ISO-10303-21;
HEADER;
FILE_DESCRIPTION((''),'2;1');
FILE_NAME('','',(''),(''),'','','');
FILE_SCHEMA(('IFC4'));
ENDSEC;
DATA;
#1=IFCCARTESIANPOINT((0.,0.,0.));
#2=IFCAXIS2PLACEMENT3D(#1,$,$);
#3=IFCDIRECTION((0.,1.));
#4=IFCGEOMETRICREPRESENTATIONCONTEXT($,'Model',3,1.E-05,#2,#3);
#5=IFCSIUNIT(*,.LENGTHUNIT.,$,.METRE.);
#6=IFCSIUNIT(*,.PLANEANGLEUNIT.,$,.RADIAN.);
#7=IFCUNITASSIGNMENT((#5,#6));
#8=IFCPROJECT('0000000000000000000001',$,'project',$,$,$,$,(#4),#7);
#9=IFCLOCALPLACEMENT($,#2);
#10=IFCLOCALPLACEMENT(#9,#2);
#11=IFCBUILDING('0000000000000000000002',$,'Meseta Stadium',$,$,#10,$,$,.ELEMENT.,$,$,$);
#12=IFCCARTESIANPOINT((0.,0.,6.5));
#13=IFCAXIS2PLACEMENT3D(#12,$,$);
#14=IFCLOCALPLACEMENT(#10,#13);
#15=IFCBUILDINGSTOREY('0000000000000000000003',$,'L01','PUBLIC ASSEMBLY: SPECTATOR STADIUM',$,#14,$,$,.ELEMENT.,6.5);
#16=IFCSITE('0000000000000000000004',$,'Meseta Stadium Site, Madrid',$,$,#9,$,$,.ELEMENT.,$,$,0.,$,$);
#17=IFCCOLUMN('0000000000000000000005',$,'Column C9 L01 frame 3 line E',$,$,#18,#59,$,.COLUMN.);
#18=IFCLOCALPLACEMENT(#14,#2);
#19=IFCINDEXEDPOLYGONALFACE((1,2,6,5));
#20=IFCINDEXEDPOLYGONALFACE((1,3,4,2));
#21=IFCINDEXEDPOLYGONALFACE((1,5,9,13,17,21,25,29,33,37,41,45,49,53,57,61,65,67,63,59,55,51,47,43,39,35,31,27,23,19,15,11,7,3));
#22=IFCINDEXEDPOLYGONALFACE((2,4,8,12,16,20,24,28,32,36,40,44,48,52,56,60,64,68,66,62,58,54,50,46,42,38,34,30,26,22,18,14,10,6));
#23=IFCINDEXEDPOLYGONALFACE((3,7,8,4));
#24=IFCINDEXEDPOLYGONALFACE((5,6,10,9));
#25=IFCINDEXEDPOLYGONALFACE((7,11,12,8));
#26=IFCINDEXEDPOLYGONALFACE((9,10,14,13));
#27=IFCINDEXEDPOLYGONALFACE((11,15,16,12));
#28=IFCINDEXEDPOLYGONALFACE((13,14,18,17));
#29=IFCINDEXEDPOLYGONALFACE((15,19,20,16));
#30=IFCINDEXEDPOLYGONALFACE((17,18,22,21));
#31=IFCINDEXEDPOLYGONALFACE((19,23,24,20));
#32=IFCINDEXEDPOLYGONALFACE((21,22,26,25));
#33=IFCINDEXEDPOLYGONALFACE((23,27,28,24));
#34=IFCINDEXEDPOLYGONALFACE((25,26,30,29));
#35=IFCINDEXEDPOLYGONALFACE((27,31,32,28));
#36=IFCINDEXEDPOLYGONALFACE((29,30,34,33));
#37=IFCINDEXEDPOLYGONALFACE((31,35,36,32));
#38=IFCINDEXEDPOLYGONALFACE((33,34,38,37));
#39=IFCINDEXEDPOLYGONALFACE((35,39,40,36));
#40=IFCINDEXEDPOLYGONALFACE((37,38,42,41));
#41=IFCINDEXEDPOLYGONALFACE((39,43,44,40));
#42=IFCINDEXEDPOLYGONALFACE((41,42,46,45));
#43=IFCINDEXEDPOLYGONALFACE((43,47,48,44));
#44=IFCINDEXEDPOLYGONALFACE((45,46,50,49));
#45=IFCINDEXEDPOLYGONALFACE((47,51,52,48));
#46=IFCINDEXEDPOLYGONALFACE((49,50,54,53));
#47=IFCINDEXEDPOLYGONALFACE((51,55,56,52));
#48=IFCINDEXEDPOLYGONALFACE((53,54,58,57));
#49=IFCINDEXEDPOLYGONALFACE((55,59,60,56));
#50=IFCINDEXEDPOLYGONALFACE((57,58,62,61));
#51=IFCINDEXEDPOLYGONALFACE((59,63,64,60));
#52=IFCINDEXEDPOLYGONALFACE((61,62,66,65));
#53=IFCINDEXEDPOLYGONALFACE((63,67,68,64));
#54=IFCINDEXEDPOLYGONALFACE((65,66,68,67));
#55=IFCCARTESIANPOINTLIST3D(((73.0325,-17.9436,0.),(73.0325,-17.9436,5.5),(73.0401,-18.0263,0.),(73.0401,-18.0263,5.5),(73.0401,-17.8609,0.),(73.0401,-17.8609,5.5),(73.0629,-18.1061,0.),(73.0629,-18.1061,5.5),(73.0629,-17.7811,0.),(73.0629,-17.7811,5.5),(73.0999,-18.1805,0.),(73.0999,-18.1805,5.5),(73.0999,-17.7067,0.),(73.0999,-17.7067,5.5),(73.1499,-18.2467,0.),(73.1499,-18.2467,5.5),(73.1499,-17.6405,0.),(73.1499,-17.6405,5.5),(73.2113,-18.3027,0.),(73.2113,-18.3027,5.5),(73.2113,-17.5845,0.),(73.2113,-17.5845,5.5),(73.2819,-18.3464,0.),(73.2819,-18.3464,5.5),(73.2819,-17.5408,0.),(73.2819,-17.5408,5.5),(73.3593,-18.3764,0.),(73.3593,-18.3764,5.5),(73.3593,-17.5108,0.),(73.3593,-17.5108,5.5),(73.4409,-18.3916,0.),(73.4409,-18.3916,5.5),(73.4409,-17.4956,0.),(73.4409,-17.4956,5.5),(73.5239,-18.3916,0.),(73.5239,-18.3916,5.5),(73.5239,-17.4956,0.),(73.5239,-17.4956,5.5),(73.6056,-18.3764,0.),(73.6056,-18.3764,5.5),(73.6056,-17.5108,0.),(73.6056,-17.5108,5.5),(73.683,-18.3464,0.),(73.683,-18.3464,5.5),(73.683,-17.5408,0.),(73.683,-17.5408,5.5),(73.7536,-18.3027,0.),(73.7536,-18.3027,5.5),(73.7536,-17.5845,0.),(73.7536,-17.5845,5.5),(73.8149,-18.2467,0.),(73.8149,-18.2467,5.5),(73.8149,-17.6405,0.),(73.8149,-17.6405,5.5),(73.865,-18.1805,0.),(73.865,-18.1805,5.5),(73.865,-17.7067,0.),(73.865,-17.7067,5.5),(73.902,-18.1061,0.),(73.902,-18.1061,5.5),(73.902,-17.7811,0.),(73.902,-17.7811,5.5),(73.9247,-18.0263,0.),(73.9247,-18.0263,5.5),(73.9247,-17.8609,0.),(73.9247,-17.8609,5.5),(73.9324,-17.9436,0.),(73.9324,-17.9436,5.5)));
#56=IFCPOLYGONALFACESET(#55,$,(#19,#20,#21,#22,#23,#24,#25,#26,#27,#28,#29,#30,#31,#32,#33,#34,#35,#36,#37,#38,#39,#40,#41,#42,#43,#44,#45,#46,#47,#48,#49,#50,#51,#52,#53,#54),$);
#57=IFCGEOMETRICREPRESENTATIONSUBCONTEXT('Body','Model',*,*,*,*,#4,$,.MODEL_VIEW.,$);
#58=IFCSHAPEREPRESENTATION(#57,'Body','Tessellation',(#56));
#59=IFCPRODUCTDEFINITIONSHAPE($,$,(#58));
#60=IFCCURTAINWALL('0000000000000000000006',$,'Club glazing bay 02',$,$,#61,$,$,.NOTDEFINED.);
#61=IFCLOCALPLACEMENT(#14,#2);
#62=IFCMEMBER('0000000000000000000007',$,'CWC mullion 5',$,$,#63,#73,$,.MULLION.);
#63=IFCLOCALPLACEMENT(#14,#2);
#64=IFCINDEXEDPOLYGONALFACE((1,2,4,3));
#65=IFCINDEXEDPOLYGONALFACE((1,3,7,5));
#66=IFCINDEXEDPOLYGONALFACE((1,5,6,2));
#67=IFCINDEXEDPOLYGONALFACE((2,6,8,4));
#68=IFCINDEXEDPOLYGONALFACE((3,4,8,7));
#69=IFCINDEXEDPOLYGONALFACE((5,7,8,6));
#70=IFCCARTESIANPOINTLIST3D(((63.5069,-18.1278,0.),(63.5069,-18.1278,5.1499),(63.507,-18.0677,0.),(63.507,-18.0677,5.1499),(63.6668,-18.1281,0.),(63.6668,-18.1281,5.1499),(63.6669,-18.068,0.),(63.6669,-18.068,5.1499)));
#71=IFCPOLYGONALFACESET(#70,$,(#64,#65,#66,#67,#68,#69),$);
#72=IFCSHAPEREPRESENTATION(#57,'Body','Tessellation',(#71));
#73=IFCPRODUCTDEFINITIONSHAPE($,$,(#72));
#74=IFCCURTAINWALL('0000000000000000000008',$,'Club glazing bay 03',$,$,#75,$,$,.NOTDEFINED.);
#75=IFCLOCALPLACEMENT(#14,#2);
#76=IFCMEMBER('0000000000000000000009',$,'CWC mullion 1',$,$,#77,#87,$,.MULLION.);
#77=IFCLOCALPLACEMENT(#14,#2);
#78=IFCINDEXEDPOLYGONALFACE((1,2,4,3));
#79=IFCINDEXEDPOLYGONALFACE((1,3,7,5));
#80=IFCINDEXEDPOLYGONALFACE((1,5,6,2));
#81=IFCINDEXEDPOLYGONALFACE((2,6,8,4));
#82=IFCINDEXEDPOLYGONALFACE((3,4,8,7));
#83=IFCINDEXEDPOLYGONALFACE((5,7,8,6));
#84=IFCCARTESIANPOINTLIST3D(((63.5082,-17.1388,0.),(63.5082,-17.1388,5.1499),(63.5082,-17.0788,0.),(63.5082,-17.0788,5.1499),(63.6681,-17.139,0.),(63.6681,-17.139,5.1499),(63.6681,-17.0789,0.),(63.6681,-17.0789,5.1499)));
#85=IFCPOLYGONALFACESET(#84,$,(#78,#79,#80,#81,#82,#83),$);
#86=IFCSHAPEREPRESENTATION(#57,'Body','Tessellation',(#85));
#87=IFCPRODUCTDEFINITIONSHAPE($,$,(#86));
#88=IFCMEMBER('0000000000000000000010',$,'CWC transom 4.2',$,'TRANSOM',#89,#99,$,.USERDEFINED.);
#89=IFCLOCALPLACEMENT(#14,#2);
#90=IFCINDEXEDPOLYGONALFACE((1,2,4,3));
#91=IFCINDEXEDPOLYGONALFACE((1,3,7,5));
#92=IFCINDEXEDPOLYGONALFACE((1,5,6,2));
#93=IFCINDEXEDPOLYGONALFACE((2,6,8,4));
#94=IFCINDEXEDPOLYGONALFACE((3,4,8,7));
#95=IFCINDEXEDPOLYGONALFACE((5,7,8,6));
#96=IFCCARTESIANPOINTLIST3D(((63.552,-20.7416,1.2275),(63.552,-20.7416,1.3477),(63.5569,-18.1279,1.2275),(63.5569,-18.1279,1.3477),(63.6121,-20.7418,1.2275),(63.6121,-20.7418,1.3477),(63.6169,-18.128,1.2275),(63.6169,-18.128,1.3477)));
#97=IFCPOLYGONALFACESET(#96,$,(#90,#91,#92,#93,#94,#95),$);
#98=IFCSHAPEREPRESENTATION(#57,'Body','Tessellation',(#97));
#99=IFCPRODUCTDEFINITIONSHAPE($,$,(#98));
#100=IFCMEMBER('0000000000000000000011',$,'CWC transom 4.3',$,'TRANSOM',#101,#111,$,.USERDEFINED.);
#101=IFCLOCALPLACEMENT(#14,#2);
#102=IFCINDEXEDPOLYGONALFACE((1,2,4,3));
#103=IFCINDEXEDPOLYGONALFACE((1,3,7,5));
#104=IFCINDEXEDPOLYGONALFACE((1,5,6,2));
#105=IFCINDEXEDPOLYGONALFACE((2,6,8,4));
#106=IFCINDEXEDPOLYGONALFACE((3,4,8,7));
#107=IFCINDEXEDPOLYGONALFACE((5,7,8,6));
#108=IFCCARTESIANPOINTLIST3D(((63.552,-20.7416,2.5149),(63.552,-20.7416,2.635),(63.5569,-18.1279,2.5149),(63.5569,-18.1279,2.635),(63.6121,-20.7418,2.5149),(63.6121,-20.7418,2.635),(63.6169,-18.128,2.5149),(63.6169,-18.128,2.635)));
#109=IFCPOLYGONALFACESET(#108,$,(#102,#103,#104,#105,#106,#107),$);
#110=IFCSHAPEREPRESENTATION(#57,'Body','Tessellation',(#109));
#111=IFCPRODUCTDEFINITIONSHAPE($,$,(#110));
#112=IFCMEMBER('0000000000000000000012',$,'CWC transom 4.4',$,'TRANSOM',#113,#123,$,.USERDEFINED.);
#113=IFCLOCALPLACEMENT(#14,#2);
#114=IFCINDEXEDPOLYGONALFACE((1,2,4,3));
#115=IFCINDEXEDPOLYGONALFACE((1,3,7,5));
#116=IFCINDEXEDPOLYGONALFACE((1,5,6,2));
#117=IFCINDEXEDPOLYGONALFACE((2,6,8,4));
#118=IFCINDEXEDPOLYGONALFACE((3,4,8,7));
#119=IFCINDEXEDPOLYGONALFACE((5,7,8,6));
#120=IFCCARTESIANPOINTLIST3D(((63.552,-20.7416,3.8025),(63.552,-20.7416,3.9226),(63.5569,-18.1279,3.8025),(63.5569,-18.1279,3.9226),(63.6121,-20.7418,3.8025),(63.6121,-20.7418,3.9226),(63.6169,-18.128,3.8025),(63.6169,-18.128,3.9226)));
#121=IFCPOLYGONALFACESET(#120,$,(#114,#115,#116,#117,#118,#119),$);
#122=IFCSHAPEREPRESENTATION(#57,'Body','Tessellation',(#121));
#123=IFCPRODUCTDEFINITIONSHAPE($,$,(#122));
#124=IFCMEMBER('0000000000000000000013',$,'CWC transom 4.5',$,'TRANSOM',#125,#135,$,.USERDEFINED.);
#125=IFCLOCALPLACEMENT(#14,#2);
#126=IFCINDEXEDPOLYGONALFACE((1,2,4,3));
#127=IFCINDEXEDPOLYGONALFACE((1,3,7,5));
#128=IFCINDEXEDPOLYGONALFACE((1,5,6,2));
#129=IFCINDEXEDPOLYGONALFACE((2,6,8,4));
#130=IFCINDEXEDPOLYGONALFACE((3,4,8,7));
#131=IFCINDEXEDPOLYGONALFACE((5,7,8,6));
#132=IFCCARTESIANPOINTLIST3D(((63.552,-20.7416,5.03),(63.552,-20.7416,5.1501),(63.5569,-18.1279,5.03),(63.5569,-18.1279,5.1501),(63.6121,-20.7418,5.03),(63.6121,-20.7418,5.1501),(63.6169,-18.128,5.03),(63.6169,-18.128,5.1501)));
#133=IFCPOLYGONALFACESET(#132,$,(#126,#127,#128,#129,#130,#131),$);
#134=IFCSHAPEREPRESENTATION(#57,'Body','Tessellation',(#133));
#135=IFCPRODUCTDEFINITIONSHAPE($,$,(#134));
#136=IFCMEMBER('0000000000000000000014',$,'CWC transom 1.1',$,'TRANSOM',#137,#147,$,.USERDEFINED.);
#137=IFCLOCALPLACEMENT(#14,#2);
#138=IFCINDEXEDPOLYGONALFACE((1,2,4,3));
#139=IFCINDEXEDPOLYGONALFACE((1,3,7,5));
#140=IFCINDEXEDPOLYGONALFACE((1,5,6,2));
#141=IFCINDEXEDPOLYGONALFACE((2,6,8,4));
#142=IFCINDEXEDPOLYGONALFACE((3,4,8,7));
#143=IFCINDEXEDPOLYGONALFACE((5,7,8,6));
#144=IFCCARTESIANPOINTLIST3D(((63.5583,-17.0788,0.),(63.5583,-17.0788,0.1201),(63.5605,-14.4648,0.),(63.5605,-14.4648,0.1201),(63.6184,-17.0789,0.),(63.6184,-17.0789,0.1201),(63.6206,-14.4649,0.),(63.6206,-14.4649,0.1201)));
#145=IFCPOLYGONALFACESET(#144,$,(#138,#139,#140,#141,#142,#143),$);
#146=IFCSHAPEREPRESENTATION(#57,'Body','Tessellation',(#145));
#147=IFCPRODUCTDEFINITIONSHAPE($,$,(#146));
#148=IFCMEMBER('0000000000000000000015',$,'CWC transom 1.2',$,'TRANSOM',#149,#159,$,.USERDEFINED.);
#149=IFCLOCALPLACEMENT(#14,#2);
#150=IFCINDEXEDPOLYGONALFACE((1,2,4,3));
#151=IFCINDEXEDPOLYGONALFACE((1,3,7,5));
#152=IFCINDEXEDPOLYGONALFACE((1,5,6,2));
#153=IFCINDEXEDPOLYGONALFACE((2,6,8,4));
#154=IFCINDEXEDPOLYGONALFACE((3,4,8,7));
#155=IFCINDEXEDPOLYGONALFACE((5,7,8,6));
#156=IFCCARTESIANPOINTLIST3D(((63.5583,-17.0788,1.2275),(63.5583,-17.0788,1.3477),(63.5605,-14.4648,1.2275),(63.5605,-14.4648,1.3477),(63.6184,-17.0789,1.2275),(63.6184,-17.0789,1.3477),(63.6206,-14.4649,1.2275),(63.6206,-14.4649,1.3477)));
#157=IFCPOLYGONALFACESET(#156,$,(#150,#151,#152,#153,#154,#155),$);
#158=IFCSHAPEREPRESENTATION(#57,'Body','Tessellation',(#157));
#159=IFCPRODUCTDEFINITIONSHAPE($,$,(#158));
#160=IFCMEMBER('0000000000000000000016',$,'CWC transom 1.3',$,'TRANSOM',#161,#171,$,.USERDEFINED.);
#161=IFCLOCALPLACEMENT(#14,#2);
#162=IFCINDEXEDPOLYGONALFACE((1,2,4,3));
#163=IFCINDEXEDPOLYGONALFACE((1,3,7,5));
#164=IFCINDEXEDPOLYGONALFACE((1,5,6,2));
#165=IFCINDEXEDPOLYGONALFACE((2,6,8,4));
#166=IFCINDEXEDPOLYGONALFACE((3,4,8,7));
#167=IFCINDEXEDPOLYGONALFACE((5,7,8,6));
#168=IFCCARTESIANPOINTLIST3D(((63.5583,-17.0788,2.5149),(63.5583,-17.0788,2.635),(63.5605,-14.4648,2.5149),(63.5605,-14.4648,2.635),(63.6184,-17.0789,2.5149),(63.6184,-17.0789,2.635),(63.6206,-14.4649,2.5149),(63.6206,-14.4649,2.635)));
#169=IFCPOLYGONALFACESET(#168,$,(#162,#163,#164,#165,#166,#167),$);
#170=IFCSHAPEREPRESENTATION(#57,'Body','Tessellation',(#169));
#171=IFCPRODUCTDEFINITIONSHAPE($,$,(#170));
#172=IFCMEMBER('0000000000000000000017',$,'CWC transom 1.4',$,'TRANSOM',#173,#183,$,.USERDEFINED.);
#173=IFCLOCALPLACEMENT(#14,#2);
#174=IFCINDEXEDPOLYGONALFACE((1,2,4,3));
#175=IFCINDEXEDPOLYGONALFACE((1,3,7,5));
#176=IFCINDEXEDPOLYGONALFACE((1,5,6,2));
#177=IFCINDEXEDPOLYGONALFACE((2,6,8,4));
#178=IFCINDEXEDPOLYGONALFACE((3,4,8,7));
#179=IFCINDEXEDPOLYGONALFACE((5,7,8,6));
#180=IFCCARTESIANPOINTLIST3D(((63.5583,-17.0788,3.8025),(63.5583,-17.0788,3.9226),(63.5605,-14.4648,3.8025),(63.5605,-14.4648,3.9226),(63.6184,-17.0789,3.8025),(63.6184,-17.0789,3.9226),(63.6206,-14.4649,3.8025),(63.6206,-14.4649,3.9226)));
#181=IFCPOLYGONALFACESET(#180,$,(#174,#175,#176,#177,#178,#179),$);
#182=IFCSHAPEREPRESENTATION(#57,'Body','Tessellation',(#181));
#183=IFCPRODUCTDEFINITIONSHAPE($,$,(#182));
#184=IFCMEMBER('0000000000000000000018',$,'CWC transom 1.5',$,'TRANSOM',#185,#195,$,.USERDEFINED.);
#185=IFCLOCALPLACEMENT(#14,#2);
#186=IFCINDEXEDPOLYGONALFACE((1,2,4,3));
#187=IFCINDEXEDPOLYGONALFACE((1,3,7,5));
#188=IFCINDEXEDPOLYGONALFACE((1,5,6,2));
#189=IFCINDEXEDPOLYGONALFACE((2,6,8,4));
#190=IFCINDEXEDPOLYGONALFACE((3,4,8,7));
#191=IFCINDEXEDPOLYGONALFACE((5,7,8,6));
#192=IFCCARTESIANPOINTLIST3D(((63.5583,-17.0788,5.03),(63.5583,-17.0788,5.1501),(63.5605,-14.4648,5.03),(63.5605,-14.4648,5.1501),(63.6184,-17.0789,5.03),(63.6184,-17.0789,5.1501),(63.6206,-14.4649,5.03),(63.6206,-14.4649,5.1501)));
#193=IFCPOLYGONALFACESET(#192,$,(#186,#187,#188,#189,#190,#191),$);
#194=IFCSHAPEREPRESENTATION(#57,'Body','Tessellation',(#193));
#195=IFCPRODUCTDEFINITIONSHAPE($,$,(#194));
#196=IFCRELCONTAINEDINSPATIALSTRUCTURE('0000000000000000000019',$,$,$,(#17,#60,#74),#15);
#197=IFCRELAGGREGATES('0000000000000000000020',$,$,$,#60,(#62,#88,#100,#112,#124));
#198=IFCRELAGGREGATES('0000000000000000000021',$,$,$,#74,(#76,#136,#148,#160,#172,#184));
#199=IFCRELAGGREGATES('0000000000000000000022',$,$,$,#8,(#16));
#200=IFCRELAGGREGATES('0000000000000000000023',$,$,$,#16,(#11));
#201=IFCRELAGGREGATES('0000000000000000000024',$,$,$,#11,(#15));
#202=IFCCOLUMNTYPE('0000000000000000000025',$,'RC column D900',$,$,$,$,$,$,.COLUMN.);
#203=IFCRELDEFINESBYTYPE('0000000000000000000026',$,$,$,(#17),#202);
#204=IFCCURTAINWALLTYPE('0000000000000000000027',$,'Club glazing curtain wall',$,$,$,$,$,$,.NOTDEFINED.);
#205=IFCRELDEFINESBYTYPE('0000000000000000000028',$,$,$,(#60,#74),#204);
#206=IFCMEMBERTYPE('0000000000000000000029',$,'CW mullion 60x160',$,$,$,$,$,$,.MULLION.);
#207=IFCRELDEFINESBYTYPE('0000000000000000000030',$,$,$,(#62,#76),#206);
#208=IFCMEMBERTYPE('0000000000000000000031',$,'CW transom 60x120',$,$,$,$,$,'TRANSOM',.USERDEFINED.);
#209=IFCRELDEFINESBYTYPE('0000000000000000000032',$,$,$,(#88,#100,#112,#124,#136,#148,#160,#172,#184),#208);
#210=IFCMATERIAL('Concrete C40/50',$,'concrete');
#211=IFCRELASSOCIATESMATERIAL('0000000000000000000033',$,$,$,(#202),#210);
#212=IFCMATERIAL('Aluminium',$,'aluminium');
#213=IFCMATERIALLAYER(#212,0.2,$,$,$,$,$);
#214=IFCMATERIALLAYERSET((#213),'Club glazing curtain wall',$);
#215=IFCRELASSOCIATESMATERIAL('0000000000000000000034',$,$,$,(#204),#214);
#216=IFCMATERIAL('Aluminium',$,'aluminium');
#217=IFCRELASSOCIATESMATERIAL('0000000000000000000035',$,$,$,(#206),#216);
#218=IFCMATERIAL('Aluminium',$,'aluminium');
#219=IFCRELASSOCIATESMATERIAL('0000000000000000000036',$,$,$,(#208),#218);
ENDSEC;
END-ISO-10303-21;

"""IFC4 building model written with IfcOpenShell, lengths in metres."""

from ifc_helpers import new_model, si_unit, direction, frame, origin, origin_2d, place, context, subcontext, project, spatial, rectangle, circle, extrude, material, layer, layer_set, material_profile, profile_set, type_object, element, aggregate, save


model = new_model("IFC4")

# Units and contexts
model_context = context("Model", 3, precision=1e-05, world=origin(), true_north=direction((0.0, 1.0)))
body_context = subcontext(model_context, "Body", "Model", "MODEL_VIEW")
ifc_project = project(units=[si_unit("LENGTHUNIT", "METRE"), si_unit("PLANEANGLEUNIT", "RADIAN")], contexts=[model_context])

# Site, building, storey
site_placement = place(None, origin())
site = spatial("IfcSite", under=ifc_project, at=site_placement, Name="Meseta Stadium Site, Madrid", CompositionType="ELEMENT", RefElevation=0.0)
building_placement = place(site_placement, origin())
building = spatial("IfcBuilding", under=site, at=building_placement, Name="Meseta Stadium", CompositionType="ELEMENT")
storey_placement = place(building_placement, frame((0.0, 0.0, 6.5)))
storey = spatial("IfcBuildingStorey", under=building, at=storey_placement, Name="L01", Description="PUBLIC ASSEMBLY: SPECTATOR STADIUM", CompositionType="ELEMENT", Elevation=6.5)

# Column
ifc_material_1 = material(Name="Concrete C40/50", Category="concrete")
ifc_material_profile_1 = material_profile(ifc_material_1, circle(Radius=0.45, at=origin_2d()), Name="RC D900")
ifc_profile_set_1 = profile_set([ifc_material_profile_1], Name="Concrete C40/50")
column_type_1 = type_object("IfcColumnType", Name="RC column D900", PredefinedType="COLUMN", material=ifc_profile_set_1)
for number, where, z_axis, x_axis, name in (
    (1, (73.4824, -17.9436, 0.0), (0.0, 0.0, 1.0), (1.0, 0.0, 0.0), "Column C9 L01 frame 3 line E"),
):
    element("IfcColumn", number, at=place(storey_placement, frame(where, z_axis=z_axis, x_axis=x_axis)), inside=storey, type_object=column_type_1, Name=name, PredefinedType="COLUMN", context=body_context, shape_type="SweptSolid", body=[
        extrude(circle(Radius=0.45, at=origin_2d()), origin(), (0.0, 0.0, 1.0), 5.5),
    ])

# Curtain walls, members
ifc_material_2 = material(Name="Aluminium", Category="aluminium")
ifc_layer_1 = layer(ifc_material_2, 0.2)
ifc_layer_set_1 = layer_set([ifc_layer_1], Name="Club glazing curtain wall")
curtain_wall_type = type_object("IfcCurtainWallType", Name="Club glazing curtain wall", PredefinedType="NOTDEFINED", material=ifc_layer_set_1)
curtain_wall_1_placement = place(storey_placement, origin())
curtain_wall_1 = element("IfcCurtainWall", 2, at=curtain_wall_1_placement, inside=storey, type_object=curtain_wall_type, Name="Club glazing bay 02", PredefinedType="NOTDEFINED")
ifc_material_3 = material(Name="Aluminium", Category="aluminium")
ifc_material_profile_2 = material_profile(ifc_material_3, rectangle(XDim=0.1599, YDim=0.0601, at=origin_2d()), Name="CW 160x60")
ifc_profile_set_2 = profile_set([ifc_material_profile_2], Name="Aluminium")
member_type_1 = type_object("IfcMemberType", Name="CW mullion 60x160", PredefinedType="MULLION", material=ifc_profile_set_2)
member_1_placement = place(storey_placement, frame((63.5869, -18.0979, 0.0), z_axis=(0.0, 0.0, 1.0), x_axis=(-0.999998, 0.001845, 0.0)))
member_1 = element("IfcMember", 3, at=member_1_placement, type_object=member_type_1, Name="CWC mullion 5", PredefinedType="MULLION", context=body_context, shape_type="SweptSolid", body=[
    extrude(rectangle(XDim=0.1599, YDim=0.0601, at=origin_2d()), origin(), (0.0, 0.0, 1.0), 5.1499),
])
curtain_wall_2_placement = place(storey_placement, origin())
curtain_wall_2 = element("IfcCurtainWall", 4, at=curtain_wall_2_placement, inside=storey, type_object=curtain_wall_type, Name="Club glazing bay 03", PredefinedType="NOTDEFINED")
member_2_placement = place(storey_placement, frame((63.5881, -17.1089, 0.0), z_axis=(0.0, 0.0, 1.0), x_axis=(-1.0, 0.000925, 0.0)))
member_2 = element("IfcMember", 5, at=member_2_placement, type_object=member_type_1, Name="CWC mullion 1", PredefinedType="MULLION", context=body_context, shape_type="SweptSolid", body=[
    extrude(rectangle(XDim=0.1599, YDim=0.0601, at=origin_2d()), origin(), (0.0, 0.0, 1.0), 5.1499),
])

# Members
ifc_material_4 = material(Name="Aluminium", Category="aluminium")
ifc_material_profile_3 = material_profile(ifc_material_4, rectangle(XDim=0.0601, YDim=0.1201, at=origin_2d()), Name="CW 60x120")
ifc_profile_set_3 = profile_set([ifc_material_profile_3], Name="Aluminium")
member_type_2 = type_object("IfcMemberType", Name="CW transom 60x120", ElementType="TRANSOM", PredefinedType="USERDEFINED", material=ifc_profile_set_3)
member_3_placement = place(storey_placement, frame((63.582, -20.7417, 1.2876), z_axis=(0.001868, 0.999998, 0.0), x_axis=(-0.999998, 0.001868, 0.0)))
member_3 = element("IfcMember", 6, at=member_3_placement, type_object=member_type_2, Name="CWC transom 4.2", ObjectType="TRANSOM", PredefinedType="USERDEFINED", context=body_context, shape_type="SweptSolid", body=[
    extrude(rectangle(XDim=0.0601, YDim=0.1201, at=origin_2d()), origin(), (0.0, 0.0, 1.0), 2.6138),
])
member_4_placement = place(storey_placement, frame((63.582, -20.7417, 2.575), z_axis=(0.001868, 0.999998, 0.0), x_axis=(-0.999998, 0.001868, 0.0)))
member_4 = element("IfcMember", 7, at=member_4_placement, type_object=member_type_2, Name="CWC transom 4.3", ObjectType="TRANSOM", PredefinedType="USERDEFINED", context=body_context, shape_type="SweptSolid", body=[
    extrude(rectangle(XDim=0.0601, YDim=0.1201, at=origin_2d()), origin(), (0.0, 0.0, 1.0), 2.6138),
])
member_5_placement = place(storey_placement, frame((63.582, -20.7417, 3.8625), z_axis=(0.001868, 0.999998, 0.0), x_axis=(-0.999998, 0.001868, 0.0)))
member_5 = element("IfcMember", 8, at=member_5_placement, type_object=member_type_2, Name="CWC transom 4.4", ObjectType="TRANSOM", PredefinedType="USERDEFINED", context=body_context, shape_type="SweptSolid", body=[
    extrude(rectangle(XDim=0.0601, YDim=0.1201, at=origin_2d()), origin(), (0.0, 0.0, 1.0), 2.6138),
])
member_6_placement = place(storey_placement, frame((63.582, -20.7417, 5.0901), z_axis=(0.001868, 0.999998, 0.0), x_axis=(-0.999998, 0.001868, 0.0)))
member_6 = element("IfcMember", 9, at=member_6_placement, type_object=member_type_2, Name="CWC transom 4.5", ObjectType="TRANSOM", PredefinedType="USERDEFINED", context=body_context, shape_type="SweptSolid", body=[
    extrude(rectangle(XDim=0.0601, YDim=0.1201, at=origin_2d()), origin(), (0.0, 0.0, 1.0), 2.6138),
])
member_7_placement = place(storey_placement, frame((63.5884, -17.0789, 0.0601), z_axis=(0.000841, 1.0, 0.0), x_axis=(-1.0, 0.000841, 0.0)))
member_7 = element("IfcMember", 10, at=member_7_placement, type_object=member_type_2, Name="CWC transom 1.1", ObjectType="TRANSOM", PredefinedType="USERDEFINED", context=body_context, shape_type="SweptSolid", body=[
    extrude(rectangle(XDim=0.0601, YDim=0.1201, at=origin_2d()), origin(), (0.0, 0.0, 1.0), 2.614),
])
member_8_placement = place(storey_placement, frame((63.5884, -17.0789, 1.2876), z_axis=(0.000841, 1.0, 0.0), x_axis=(-1.0, 0.000841, 0.0)))
member_8 = element("IfcMember", 11, at=member_8_placement, type_object=member_type_2, Name="CWC transom 1.2", ObjectType="TRANSOM", PredefinedType="USERDEFINED", context=body_context, shape_type="SweptSolid", body=[
    extrude(rectangle(XDim=0.0601, YDim=0.1201, at=origin_2d()), origin(), (0.0, 0.0, 1.0), 2.614),
])
member_9_placement = place(storey_placement, frame((63.5884, -17.0789, 2.575), z_axis=(0.000841, 1.0, 0.0), x_axis=(-1.0, 0.000841, 0.0)))
member_9 = element("IfcMember", 12, at=member_9_placement, type_object=member_type_2, Name="CWC transom 1.3", ObjectType="TRANSOM", PredefinedType="USERDEFINED", context=body_context, shape_type="SweptSolid", body=[
    extrude(rectangle(XDim=0.0601, YDim=0.1201, at=origin_2d()), origin(), (0.0, 0.0, 1.0), 2.614),
])
member_10_placement = place(storey_placement, frame((63.5884, -17.0789, 3.8625), z_axis=(0.000841, 1.0, 0.0), x_axis=(-1.0, 0.000841, 0.0)))
member_10 = element("IfcMember", 13, at=member_10_placement, type_object=member_type_2, Name="CWC transom 1.4", ObjectType="TRANSOM", PredefinedType="USERDEFINED", context=body_context, shape_type="SweptSolid", body=[
    extrude(rectangle(XDim=0.0601, YDim=0.1201, at=origin_2d()), origin(), (0.0, 0.0, 1.0), 2.614),
])
member_11_placement = place(storey_placement, frame((63.5884, -17.0789, 5.0901), z_axis=(0.000841, 1.0, 0.0), x_axis=(-1.0, 0.000841, 0.0)))
member_11 = element("IfcMember", 14, at=member_11_placement, type_object=member_type_2, Name="CWC transom 1.5", ObjectType="TRANSOM", PredefinedType="USERDEFINED", context=body_context, shape_type="SweptSolid", body=[
    extrude(rectangle(XDim=0.0601, YDim=0.1201, at=origin_2d()), origin(), (0.0, 0.0, 1.0), 2.614),
])

aggregate(curtain_wall_1, [member_1, member_3, member_4, member_5, member_6])
aggregate(curtain_wall_2, [member_2, member_7, member_8, member_9, member_10, member_11])

save(model, "model.ifc")
